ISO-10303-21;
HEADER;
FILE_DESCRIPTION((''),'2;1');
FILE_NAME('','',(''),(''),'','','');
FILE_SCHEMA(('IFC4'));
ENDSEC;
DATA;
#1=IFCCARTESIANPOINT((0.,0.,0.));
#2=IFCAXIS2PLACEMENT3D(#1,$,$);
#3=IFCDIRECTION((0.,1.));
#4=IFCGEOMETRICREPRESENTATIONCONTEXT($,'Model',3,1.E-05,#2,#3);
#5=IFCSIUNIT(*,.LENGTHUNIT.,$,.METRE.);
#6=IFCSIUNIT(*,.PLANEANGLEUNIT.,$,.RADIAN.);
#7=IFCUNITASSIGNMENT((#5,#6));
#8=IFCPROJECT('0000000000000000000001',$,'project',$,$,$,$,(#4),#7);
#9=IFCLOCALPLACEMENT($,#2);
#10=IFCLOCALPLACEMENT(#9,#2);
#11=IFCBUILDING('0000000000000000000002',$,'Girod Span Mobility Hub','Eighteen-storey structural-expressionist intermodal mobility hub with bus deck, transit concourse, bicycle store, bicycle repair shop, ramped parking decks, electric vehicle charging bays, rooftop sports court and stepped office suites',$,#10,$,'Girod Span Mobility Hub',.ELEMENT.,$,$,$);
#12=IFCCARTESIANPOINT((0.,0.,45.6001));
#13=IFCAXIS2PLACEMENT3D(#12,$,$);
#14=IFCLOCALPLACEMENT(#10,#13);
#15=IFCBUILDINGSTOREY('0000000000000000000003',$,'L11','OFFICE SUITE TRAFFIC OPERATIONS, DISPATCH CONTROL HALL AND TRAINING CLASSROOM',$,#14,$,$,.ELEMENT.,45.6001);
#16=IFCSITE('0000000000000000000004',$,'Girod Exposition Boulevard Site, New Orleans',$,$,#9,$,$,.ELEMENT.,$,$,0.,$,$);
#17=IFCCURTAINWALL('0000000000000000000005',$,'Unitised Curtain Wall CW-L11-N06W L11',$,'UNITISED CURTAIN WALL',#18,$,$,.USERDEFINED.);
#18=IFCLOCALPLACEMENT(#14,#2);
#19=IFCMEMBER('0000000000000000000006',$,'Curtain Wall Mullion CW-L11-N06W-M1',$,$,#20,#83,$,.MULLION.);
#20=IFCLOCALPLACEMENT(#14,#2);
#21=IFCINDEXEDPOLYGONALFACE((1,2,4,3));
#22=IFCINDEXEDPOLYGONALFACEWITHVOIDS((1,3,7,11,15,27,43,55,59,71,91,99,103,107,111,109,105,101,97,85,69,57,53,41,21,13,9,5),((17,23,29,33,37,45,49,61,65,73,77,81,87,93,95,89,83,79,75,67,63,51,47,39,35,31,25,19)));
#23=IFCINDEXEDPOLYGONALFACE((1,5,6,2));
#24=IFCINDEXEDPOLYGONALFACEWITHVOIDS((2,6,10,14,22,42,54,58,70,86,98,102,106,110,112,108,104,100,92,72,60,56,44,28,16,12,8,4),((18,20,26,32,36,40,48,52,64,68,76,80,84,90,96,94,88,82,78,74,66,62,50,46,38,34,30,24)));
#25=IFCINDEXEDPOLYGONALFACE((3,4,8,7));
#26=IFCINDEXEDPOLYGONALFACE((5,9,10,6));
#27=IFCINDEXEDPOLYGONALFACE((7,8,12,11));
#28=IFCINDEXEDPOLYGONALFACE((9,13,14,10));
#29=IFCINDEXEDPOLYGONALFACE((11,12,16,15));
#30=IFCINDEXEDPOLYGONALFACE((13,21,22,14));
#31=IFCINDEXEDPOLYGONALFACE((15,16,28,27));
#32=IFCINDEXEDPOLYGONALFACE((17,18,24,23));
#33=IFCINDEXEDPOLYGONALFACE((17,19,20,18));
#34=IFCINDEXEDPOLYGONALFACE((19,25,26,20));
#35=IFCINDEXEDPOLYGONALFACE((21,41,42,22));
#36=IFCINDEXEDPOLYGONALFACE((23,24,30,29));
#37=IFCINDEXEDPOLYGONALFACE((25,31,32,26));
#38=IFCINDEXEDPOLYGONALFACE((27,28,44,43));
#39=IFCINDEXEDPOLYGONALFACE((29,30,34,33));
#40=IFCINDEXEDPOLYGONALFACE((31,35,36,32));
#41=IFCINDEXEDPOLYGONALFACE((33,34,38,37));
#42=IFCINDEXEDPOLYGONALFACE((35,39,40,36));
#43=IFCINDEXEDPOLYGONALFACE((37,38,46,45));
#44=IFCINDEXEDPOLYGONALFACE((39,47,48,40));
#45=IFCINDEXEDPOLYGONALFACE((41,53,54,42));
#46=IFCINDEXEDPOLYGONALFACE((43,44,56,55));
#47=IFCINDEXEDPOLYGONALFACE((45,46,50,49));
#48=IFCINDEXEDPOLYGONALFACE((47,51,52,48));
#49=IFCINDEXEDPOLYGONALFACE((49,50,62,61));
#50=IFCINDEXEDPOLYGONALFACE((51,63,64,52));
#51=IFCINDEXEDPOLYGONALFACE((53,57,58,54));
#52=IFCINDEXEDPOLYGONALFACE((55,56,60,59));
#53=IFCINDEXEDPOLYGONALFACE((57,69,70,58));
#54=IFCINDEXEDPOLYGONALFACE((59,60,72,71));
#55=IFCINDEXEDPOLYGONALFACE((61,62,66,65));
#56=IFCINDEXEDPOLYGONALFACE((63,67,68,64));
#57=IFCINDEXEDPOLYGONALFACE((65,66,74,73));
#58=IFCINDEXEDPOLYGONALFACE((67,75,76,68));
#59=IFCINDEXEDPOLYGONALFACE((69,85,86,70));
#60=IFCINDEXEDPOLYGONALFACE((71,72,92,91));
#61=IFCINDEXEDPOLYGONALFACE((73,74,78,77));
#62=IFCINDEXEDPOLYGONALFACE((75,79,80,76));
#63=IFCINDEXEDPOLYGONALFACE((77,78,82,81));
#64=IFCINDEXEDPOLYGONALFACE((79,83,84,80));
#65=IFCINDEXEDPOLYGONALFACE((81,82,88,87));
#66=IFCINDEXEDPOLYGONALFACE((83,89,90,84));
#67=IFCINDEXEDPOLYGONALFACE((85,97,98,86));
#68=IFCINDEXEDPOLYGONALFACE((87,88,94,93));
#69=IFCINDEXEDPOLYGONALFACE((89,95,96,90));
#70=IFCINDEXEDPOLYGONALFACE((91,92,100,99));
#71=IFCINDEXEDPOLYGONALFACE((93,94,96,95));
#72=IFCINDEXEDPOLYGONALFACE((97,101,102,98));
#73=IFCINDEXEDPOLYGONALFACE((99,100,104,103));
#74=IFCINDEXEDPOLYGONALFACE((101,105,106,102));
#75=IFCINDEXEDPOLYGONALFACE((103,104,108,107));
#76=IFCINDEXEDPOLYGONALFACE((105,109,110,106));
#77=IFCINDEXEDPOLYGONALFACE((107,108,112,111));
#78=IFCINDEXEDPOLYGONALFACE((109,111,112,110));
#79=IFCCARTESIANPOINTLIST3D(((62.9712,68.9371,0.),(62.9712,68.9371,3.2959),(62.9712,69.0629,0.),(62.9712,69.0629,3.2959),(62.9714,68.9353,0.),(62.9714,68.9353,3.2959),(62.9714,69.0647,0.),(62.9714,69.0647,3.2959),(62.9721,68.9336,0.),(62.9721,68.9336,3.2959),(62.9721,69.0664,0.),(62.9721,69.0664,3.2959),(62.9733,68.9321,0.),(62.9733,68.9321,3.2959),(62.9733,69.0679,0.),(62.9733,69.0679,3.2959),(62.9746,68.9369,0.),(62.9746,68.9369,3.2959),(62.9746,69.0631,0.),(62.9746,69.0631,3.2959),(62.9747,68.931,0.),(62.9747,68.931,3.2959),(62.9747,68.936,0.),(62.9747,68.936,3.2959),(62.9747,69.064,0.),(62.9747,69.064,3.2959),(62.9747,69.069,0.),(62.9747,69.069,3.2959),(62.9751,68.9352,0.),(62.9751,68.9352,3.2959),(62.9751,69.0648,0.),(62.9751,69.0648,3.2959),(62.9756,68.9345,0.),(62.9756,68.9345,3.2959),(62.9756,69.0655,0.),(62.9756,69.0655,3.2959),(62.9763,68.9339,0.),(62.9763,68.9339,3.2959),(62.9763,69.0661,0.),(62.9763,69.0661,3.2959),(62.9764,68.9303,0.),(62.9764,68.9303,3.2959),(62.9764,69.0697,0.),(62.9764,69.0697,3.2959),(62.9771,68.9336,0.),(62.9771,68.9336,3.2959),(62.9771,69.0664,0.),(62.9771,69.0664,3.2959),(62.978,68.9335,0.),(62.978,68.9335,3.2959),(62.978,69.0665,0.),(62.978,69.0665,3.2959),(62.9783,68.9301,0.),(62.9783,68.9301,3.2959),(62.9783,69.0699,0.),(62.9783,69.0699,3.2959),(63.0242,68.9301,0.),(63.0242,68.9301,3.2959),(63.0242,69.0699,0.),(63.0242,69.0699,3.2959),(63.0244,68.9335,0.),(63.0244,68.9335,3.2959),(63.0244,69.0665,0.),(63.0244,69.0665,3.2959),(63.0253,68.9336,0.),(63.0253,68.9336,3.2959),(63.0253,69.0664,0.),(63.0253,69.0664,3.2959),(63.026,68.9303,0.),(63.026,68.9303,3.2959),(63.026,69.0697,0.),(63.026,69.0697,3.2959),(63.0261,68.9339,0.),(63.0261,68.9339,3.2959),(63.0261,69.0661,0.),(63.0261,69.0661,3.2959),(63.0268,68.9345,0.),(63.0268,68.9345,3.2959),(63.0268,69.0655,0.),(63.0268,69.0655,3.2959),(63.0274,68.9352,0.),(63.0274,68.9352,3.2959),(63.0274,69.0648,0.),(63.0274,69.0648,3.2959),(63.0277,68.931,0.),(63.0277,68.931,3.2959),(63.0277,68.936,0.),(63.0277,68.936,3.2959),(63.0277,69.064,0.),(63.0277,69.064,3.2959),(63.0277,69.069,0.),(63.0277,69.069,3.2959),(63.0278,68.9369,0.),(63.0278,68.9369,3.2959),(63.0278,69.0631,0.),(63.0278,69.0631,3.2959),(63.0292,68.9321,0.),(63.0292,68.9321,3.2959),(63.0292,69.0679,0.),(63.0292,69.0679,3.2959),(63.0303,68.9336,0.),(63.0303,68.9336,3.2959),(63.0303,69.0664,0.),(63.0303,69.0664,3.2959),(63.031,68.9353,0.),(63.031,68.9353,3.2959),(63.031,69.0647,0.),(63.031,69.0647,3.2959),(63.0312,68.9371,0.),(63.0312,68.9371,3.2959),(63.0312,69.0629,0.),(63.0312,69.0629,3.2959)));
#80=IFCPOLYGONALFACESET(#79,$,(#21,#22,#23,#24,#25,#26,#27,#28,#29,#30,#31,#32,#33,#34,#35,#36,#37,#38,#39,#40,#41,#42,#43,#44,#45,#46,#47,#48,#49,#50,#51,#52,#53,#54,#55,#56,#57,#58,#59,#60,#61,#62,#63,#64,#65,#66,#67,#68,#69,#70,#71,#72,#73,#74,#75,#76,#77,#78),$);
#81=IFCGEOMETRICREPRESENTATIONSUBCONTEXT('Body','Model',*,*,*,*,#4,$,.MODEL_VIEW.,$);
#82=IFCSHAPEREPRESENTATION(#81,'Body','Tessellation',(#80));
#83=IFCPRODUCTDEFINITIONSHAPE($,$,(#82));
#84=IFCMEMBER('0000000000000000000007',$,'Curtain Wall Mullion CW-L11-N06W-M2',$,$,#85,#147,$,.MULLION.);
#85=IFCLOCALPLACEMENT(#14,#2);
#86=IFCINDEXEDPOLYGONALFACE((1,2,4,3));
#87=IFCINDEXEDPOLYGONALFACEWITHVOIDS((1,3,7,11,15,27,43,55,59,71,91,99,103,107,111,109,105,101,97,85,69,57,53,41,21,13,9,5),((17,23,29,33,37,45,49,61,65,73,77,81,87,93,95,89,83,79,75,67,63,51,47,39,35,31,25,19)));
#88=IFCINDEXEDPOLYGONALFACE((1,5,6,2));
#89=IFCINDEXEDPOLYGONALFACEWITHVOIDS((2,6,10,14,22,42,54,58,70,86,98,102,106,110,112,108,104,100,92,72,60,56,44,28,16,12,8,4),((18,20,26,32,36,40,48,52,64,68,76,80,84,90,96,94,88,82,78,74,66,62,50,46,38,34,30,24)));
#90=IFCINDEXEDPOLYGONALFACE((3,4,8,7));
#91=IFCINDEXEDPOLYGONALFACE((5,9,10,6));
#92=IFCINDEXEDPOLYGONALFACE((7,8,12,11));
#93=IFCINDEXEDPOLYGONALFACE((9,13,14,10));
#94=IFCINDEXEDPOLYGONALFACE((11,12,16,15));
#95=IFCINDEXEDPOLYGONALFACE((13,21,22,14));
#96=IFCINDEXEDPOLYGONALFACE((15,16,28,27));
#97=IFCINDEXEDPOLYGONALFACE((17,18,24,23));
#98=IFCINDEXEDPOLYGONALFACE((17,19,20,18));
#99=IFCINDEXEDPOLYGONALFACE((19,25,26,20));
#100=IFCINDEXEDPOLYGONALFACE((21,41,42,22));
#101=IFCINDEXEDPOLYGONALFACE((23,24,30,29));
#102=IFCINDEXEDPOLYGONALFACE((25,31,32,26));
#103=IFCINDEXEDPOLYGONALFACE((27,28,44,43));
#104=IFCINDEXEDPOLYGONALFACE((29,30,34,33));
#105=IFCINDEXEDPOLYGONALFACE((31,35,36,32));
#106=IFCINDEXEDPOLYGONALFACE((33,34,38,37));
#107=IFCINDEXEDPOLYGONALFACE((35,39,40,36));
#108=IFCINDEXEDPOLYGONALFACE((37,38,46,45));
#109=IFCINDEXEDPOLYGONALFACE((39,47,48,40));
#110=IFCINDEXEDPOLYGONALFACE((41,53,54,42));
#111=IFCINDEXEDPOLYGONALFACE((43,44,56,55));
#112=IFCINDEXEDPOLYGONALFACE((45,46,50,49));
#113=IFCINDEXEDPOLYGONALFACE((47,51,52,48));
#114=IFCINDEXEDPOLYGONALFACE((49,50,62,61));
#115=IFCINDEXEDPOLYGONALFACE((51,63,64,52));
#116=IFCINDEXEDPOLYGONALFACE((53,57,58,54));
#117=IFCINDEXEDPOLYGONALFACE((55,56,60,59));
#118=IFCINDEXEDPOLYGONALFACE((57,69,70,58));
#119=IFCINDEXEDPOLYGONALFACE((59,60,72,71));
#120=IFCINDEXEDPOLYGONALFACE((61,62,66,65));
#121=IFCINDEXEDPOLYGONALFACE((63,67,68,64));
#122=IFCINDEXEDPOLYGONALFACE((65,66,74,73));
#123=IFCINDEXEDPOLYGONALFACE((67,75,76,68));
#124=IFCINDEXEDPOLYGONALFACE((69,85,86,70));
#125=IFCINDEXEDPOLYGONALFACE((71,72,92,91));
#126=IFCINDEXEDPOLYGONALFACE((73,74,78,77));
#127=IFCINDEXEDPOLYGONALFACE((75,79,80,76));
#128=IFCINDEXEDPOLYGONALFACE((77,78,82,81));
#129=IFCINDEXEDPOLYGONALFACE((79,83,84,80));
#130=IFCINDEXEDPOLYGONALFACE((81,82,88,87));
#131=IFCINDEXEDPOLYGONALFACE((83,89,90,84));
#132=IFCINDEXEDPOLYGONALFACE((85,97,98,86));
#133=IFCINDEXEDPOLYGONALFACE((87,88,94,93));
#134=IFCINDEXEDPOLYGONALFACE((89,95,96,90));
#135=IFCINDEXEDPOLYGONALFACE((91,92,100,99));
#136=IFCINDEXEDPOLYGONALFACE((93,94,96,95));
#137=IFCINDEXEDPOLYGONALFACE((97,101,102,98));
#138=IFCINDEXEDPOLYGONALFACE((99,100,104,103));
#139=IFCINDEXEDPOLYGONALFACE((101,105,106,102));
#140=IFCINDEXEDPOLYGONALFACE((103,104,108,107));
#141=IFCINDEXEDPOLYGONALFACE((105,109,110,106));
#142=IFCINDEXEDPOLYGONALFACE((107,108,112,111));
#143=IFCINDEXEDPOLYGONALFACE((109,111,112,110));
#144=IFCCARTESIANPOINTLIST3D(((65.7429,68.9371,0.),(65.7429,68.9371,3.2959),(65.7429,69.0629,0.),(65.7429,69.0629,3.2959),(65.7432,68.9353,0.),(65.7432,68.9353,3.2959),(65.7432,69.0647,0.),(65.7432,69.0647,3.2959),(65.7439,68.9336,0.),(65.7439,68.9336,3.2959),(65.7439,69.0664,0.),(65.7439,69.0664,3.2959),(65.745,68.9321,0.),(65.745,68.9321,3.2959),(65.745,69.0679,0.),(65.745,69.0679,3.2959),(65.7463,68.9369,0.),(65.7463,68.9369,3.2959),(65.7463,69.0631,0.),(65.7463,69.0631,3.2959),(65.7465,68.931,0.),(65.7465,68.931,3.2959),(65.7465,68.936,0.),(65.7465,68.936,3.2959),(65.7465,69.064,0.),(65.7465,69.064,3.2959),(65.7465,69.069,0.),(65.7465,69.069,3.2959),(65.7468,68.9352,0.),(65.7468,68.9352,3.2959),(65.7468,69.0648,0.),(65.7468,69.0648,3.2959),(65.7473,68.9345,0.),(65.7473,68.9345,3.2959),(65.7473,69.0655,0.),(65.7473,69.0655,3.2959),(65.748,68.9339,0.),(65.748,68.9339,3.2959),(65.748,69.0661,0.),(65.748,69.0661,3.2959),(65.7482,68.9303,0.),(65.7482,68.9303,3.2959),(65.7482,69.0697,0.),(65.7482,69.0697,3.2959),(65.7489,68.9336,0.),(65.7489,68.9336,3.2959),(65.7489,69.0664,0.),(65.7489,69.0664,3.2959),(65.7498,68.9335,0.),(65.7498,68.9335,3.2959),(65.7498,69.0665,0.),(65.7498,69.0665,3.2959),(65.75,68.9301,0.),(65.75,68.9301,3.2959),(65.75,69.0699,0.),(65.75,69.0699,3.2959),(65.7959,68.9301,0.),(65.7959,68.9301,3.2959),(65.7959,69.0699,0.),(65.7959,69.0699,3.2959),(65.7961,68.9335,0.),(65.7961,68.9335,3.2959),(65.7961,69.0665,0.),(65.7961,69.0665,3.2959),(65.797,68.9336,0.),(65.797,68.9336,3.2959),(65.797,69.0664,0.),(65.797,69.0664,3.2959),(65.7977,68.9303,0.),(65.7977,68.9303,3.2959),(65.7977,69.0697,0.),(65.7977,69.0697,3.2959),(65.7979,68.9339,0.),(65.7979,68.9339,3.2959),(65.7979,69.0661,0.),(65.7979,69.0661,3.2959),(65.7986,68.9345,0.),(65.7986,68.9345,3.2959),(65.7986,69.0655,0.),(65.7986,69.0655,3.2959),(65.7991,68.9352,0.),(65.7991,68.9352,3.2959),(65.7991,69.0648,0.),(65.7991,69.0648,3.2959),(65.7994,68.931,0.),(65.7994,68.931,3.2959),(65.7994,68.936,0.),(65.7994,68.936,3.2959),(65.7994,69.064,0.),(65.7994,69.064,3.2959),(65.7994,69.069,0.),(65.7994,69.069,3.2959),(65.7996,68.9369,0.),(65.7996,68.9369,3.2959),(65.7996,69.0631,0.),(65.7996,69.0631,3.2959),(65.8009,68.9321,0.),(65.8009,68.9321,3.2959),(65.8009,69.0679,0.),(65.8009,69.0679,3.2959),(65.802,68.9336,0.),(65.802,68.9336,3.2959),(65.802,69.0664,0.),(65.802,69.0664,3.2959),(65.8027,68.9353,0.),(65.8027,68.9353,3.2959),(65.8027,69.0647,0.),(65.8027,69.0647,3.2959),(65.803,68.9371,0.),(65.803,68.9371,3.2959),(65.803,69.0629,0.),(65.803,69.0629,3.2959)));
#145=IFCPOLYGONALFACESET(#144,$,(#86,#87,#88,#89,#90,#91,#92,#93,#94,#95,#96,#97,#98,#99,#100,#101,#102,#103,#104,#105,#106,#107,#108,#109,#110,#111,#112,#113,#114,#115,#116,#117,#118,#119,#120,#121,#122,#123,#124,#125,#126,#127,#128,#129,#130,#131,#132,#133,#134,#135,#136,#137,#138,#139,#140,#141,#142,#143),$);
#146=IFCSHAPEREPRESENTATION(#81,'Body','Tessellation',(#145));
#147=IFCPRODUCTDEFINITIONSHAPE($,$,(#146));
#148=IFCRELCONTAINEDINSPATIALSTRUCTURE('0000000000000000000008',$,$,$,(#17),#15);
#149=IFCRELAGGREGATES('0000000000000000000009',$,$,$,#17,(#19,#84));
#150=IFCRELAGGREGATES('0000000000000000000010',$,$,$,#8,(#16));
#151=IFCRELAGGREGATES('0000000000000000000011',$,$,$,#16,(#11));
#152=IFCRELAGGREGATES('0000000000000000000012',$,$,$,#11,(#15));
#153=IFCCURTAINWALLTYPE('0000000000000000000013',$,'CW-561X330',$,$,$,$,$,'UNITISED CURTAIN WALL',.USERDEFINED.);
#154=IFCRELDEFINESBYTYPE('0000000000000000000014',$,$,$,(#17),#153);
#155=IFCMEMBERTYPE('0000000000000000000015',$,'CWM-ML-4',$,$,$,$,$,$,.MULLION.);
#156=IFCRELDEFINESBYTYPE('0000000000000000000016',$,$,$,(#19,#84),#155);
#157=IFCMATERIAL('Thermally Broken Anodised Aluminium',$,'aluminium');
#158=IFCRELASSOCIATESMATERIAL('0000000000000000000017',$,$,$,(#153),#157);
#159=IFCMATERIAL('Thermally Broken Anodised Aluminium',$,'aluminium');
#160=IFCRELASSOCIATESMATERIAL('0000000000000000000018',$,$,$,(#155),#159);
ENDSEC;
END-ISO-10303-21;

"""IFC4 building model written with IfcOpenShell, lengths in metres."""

from ifc_helpers import new_model, si_unit, direction, frame, origin, origin_2d, place, context, subcontext, project, spatial, hollow_rectangle, extrude, material, material_profile, profile_set, type_object, element, aggregate, save


model = new_model("IFC4")

# Units and contexts
model_context = context("Model", 3, precision=1e-05, world=origin(), true_north=direction((0.0, 1.0)))
body_context = subcontext(model_context, "Body", "Model", "MODEL_VIEW")
ifc_project = project(units=[si_unit("LENGTHUNIT", "METRE"), si_unit("PLANEANGLEUNIT", "RADIAN")], contexts=[model_context])

# Site, building, storey
site_placement = place(None, origin())
site = spatial("IfcSite", under=ifc_project, at=site_placement, Name="Girod Exposition Boulevard Site, New Orleans", CompositionType="ELEMENT", RefElevation=0.0)
building_placement = place(site_placement, origin())
building = spatial("IfcBuilding", under=site, at=building_placement, Name="Girod Span Mobility Hub", Description="Eighteen-storey structural-expressionist intermodal mobility hub with bus deck, transit concourse, bicycle store, bicycle repair shop, ramped parking decks, electric vehicle charging bays, rooftop sports court and stepped office suites", LongName="Girod Span Mobility Hub", CompositionType="ELEMENT")
storey_placement = place(building_placement, frame((0.0, 0.0, 45.6001)))
storey = spatial("IfcBuildingStorey", under=building, at=storey_placement, Name="L11", Description="OFFICE SUITE TRAFFIC OPERATIONS, DISPATCH CONTROL HALL AND TRAINING CLASSROOM", CompositionType="ELEMENT", Elevation=45.6001)

# Curtain wall, members
ifc_material_1 = material(Name="Thermally Broken Anodised Aluminium", Category="aluminium")
curtain_wall_type = type_object("IfcCurtainWallType", Name="CW-561X330", ElementType="UNITISED CURTAIN WALL", PredefinedType="USERDEFINED", material=ifc_material_1)
curtain_wall_1_placement = place(storey_placement, origin())
curtain_wall_1 = element("IfcCurtainWall", 1, at=curtain_wall_1_placement, inside=storey, type_object=curtain_wall_type, Name="Unitised Curtain Wall CW-L11-N06W L11", ObjectType="UNITISED CURTAIN WALL", PredefinedType="USERDEFINED")
ifc_material_2 = material(Name="Thermally Broken Anodised Aluminium", Category="aluminium")
ifc_material_profile_1 = material_profile(ifc_material_2, hollow_rectangle(XDim=0.1399, YDim=0.0601, WallThickness=0.0034, InnerFilletRadius=0.0034, OuterFilletRadius=0.0071, at=origin_2d()), Name="CW-ML-60X140")
ifc_profile_set_1 = profile_set([ifc_material_profile_1], Name="Thermally Broken Anodised Aluminium")
member_type_1 = type_object("IfcMemberType", Name="CWM-ML-4", PredefinedType="MULLION", material=ifc_profile_set_1)
member_1_placement = place(storey_placement, frame((63.0012, 69.0, 0.0), z_axis=(0.0, 0.0, 1.0), x_axis=(0.0, 1.0, 0.0)))
member_1 = element("IfcMember", 2, at=member_1_placement, type_object=member_type_1, Name="Curtain Wall Mullion CW-L11-N06W-M1", PredefinedType="MULLION", context=body_context, shape_type="SweptSolid", body=[
    extrude(hollow_rectangle(XDim=0.1399, YDim=0.0601, WallThickness=0.0034, InnerFilletRadius=0.0034, OuterFilletRadius=0.0071, at=origin_2d()), origin(), (0.0, 0.0, 1.0), 3.2959),
])
member_2_placement = place(storey_placement, frame((65.7729, 69.0, 0.0), z_axis=(0.0, 0.0, 1.0), x_axis=(0.0, 1.0, 0.0)))
member_2 = element("IfcMember", 3, at=member_2_placement, type_object=member_type_1, Name="Curtain Wall Mullion CW-L11-N06W-M2", PredefinedType="MULLION", context=body_context, shape_type="SweptSolid", body=[
    extrude(hollow_rectangle(XDim=0.1399, YDim=0.0601, WallThickness=0.0034, InnerFilletRadius=0.0034, OuterFilletRadius=0.0071, at=origin_2d()), origin(), (0.0, 0.0, 1.0), 3.2959),
])

aggregate(curtain_wall_1, [member_1, member_2])

save(model, "model.ifc")
